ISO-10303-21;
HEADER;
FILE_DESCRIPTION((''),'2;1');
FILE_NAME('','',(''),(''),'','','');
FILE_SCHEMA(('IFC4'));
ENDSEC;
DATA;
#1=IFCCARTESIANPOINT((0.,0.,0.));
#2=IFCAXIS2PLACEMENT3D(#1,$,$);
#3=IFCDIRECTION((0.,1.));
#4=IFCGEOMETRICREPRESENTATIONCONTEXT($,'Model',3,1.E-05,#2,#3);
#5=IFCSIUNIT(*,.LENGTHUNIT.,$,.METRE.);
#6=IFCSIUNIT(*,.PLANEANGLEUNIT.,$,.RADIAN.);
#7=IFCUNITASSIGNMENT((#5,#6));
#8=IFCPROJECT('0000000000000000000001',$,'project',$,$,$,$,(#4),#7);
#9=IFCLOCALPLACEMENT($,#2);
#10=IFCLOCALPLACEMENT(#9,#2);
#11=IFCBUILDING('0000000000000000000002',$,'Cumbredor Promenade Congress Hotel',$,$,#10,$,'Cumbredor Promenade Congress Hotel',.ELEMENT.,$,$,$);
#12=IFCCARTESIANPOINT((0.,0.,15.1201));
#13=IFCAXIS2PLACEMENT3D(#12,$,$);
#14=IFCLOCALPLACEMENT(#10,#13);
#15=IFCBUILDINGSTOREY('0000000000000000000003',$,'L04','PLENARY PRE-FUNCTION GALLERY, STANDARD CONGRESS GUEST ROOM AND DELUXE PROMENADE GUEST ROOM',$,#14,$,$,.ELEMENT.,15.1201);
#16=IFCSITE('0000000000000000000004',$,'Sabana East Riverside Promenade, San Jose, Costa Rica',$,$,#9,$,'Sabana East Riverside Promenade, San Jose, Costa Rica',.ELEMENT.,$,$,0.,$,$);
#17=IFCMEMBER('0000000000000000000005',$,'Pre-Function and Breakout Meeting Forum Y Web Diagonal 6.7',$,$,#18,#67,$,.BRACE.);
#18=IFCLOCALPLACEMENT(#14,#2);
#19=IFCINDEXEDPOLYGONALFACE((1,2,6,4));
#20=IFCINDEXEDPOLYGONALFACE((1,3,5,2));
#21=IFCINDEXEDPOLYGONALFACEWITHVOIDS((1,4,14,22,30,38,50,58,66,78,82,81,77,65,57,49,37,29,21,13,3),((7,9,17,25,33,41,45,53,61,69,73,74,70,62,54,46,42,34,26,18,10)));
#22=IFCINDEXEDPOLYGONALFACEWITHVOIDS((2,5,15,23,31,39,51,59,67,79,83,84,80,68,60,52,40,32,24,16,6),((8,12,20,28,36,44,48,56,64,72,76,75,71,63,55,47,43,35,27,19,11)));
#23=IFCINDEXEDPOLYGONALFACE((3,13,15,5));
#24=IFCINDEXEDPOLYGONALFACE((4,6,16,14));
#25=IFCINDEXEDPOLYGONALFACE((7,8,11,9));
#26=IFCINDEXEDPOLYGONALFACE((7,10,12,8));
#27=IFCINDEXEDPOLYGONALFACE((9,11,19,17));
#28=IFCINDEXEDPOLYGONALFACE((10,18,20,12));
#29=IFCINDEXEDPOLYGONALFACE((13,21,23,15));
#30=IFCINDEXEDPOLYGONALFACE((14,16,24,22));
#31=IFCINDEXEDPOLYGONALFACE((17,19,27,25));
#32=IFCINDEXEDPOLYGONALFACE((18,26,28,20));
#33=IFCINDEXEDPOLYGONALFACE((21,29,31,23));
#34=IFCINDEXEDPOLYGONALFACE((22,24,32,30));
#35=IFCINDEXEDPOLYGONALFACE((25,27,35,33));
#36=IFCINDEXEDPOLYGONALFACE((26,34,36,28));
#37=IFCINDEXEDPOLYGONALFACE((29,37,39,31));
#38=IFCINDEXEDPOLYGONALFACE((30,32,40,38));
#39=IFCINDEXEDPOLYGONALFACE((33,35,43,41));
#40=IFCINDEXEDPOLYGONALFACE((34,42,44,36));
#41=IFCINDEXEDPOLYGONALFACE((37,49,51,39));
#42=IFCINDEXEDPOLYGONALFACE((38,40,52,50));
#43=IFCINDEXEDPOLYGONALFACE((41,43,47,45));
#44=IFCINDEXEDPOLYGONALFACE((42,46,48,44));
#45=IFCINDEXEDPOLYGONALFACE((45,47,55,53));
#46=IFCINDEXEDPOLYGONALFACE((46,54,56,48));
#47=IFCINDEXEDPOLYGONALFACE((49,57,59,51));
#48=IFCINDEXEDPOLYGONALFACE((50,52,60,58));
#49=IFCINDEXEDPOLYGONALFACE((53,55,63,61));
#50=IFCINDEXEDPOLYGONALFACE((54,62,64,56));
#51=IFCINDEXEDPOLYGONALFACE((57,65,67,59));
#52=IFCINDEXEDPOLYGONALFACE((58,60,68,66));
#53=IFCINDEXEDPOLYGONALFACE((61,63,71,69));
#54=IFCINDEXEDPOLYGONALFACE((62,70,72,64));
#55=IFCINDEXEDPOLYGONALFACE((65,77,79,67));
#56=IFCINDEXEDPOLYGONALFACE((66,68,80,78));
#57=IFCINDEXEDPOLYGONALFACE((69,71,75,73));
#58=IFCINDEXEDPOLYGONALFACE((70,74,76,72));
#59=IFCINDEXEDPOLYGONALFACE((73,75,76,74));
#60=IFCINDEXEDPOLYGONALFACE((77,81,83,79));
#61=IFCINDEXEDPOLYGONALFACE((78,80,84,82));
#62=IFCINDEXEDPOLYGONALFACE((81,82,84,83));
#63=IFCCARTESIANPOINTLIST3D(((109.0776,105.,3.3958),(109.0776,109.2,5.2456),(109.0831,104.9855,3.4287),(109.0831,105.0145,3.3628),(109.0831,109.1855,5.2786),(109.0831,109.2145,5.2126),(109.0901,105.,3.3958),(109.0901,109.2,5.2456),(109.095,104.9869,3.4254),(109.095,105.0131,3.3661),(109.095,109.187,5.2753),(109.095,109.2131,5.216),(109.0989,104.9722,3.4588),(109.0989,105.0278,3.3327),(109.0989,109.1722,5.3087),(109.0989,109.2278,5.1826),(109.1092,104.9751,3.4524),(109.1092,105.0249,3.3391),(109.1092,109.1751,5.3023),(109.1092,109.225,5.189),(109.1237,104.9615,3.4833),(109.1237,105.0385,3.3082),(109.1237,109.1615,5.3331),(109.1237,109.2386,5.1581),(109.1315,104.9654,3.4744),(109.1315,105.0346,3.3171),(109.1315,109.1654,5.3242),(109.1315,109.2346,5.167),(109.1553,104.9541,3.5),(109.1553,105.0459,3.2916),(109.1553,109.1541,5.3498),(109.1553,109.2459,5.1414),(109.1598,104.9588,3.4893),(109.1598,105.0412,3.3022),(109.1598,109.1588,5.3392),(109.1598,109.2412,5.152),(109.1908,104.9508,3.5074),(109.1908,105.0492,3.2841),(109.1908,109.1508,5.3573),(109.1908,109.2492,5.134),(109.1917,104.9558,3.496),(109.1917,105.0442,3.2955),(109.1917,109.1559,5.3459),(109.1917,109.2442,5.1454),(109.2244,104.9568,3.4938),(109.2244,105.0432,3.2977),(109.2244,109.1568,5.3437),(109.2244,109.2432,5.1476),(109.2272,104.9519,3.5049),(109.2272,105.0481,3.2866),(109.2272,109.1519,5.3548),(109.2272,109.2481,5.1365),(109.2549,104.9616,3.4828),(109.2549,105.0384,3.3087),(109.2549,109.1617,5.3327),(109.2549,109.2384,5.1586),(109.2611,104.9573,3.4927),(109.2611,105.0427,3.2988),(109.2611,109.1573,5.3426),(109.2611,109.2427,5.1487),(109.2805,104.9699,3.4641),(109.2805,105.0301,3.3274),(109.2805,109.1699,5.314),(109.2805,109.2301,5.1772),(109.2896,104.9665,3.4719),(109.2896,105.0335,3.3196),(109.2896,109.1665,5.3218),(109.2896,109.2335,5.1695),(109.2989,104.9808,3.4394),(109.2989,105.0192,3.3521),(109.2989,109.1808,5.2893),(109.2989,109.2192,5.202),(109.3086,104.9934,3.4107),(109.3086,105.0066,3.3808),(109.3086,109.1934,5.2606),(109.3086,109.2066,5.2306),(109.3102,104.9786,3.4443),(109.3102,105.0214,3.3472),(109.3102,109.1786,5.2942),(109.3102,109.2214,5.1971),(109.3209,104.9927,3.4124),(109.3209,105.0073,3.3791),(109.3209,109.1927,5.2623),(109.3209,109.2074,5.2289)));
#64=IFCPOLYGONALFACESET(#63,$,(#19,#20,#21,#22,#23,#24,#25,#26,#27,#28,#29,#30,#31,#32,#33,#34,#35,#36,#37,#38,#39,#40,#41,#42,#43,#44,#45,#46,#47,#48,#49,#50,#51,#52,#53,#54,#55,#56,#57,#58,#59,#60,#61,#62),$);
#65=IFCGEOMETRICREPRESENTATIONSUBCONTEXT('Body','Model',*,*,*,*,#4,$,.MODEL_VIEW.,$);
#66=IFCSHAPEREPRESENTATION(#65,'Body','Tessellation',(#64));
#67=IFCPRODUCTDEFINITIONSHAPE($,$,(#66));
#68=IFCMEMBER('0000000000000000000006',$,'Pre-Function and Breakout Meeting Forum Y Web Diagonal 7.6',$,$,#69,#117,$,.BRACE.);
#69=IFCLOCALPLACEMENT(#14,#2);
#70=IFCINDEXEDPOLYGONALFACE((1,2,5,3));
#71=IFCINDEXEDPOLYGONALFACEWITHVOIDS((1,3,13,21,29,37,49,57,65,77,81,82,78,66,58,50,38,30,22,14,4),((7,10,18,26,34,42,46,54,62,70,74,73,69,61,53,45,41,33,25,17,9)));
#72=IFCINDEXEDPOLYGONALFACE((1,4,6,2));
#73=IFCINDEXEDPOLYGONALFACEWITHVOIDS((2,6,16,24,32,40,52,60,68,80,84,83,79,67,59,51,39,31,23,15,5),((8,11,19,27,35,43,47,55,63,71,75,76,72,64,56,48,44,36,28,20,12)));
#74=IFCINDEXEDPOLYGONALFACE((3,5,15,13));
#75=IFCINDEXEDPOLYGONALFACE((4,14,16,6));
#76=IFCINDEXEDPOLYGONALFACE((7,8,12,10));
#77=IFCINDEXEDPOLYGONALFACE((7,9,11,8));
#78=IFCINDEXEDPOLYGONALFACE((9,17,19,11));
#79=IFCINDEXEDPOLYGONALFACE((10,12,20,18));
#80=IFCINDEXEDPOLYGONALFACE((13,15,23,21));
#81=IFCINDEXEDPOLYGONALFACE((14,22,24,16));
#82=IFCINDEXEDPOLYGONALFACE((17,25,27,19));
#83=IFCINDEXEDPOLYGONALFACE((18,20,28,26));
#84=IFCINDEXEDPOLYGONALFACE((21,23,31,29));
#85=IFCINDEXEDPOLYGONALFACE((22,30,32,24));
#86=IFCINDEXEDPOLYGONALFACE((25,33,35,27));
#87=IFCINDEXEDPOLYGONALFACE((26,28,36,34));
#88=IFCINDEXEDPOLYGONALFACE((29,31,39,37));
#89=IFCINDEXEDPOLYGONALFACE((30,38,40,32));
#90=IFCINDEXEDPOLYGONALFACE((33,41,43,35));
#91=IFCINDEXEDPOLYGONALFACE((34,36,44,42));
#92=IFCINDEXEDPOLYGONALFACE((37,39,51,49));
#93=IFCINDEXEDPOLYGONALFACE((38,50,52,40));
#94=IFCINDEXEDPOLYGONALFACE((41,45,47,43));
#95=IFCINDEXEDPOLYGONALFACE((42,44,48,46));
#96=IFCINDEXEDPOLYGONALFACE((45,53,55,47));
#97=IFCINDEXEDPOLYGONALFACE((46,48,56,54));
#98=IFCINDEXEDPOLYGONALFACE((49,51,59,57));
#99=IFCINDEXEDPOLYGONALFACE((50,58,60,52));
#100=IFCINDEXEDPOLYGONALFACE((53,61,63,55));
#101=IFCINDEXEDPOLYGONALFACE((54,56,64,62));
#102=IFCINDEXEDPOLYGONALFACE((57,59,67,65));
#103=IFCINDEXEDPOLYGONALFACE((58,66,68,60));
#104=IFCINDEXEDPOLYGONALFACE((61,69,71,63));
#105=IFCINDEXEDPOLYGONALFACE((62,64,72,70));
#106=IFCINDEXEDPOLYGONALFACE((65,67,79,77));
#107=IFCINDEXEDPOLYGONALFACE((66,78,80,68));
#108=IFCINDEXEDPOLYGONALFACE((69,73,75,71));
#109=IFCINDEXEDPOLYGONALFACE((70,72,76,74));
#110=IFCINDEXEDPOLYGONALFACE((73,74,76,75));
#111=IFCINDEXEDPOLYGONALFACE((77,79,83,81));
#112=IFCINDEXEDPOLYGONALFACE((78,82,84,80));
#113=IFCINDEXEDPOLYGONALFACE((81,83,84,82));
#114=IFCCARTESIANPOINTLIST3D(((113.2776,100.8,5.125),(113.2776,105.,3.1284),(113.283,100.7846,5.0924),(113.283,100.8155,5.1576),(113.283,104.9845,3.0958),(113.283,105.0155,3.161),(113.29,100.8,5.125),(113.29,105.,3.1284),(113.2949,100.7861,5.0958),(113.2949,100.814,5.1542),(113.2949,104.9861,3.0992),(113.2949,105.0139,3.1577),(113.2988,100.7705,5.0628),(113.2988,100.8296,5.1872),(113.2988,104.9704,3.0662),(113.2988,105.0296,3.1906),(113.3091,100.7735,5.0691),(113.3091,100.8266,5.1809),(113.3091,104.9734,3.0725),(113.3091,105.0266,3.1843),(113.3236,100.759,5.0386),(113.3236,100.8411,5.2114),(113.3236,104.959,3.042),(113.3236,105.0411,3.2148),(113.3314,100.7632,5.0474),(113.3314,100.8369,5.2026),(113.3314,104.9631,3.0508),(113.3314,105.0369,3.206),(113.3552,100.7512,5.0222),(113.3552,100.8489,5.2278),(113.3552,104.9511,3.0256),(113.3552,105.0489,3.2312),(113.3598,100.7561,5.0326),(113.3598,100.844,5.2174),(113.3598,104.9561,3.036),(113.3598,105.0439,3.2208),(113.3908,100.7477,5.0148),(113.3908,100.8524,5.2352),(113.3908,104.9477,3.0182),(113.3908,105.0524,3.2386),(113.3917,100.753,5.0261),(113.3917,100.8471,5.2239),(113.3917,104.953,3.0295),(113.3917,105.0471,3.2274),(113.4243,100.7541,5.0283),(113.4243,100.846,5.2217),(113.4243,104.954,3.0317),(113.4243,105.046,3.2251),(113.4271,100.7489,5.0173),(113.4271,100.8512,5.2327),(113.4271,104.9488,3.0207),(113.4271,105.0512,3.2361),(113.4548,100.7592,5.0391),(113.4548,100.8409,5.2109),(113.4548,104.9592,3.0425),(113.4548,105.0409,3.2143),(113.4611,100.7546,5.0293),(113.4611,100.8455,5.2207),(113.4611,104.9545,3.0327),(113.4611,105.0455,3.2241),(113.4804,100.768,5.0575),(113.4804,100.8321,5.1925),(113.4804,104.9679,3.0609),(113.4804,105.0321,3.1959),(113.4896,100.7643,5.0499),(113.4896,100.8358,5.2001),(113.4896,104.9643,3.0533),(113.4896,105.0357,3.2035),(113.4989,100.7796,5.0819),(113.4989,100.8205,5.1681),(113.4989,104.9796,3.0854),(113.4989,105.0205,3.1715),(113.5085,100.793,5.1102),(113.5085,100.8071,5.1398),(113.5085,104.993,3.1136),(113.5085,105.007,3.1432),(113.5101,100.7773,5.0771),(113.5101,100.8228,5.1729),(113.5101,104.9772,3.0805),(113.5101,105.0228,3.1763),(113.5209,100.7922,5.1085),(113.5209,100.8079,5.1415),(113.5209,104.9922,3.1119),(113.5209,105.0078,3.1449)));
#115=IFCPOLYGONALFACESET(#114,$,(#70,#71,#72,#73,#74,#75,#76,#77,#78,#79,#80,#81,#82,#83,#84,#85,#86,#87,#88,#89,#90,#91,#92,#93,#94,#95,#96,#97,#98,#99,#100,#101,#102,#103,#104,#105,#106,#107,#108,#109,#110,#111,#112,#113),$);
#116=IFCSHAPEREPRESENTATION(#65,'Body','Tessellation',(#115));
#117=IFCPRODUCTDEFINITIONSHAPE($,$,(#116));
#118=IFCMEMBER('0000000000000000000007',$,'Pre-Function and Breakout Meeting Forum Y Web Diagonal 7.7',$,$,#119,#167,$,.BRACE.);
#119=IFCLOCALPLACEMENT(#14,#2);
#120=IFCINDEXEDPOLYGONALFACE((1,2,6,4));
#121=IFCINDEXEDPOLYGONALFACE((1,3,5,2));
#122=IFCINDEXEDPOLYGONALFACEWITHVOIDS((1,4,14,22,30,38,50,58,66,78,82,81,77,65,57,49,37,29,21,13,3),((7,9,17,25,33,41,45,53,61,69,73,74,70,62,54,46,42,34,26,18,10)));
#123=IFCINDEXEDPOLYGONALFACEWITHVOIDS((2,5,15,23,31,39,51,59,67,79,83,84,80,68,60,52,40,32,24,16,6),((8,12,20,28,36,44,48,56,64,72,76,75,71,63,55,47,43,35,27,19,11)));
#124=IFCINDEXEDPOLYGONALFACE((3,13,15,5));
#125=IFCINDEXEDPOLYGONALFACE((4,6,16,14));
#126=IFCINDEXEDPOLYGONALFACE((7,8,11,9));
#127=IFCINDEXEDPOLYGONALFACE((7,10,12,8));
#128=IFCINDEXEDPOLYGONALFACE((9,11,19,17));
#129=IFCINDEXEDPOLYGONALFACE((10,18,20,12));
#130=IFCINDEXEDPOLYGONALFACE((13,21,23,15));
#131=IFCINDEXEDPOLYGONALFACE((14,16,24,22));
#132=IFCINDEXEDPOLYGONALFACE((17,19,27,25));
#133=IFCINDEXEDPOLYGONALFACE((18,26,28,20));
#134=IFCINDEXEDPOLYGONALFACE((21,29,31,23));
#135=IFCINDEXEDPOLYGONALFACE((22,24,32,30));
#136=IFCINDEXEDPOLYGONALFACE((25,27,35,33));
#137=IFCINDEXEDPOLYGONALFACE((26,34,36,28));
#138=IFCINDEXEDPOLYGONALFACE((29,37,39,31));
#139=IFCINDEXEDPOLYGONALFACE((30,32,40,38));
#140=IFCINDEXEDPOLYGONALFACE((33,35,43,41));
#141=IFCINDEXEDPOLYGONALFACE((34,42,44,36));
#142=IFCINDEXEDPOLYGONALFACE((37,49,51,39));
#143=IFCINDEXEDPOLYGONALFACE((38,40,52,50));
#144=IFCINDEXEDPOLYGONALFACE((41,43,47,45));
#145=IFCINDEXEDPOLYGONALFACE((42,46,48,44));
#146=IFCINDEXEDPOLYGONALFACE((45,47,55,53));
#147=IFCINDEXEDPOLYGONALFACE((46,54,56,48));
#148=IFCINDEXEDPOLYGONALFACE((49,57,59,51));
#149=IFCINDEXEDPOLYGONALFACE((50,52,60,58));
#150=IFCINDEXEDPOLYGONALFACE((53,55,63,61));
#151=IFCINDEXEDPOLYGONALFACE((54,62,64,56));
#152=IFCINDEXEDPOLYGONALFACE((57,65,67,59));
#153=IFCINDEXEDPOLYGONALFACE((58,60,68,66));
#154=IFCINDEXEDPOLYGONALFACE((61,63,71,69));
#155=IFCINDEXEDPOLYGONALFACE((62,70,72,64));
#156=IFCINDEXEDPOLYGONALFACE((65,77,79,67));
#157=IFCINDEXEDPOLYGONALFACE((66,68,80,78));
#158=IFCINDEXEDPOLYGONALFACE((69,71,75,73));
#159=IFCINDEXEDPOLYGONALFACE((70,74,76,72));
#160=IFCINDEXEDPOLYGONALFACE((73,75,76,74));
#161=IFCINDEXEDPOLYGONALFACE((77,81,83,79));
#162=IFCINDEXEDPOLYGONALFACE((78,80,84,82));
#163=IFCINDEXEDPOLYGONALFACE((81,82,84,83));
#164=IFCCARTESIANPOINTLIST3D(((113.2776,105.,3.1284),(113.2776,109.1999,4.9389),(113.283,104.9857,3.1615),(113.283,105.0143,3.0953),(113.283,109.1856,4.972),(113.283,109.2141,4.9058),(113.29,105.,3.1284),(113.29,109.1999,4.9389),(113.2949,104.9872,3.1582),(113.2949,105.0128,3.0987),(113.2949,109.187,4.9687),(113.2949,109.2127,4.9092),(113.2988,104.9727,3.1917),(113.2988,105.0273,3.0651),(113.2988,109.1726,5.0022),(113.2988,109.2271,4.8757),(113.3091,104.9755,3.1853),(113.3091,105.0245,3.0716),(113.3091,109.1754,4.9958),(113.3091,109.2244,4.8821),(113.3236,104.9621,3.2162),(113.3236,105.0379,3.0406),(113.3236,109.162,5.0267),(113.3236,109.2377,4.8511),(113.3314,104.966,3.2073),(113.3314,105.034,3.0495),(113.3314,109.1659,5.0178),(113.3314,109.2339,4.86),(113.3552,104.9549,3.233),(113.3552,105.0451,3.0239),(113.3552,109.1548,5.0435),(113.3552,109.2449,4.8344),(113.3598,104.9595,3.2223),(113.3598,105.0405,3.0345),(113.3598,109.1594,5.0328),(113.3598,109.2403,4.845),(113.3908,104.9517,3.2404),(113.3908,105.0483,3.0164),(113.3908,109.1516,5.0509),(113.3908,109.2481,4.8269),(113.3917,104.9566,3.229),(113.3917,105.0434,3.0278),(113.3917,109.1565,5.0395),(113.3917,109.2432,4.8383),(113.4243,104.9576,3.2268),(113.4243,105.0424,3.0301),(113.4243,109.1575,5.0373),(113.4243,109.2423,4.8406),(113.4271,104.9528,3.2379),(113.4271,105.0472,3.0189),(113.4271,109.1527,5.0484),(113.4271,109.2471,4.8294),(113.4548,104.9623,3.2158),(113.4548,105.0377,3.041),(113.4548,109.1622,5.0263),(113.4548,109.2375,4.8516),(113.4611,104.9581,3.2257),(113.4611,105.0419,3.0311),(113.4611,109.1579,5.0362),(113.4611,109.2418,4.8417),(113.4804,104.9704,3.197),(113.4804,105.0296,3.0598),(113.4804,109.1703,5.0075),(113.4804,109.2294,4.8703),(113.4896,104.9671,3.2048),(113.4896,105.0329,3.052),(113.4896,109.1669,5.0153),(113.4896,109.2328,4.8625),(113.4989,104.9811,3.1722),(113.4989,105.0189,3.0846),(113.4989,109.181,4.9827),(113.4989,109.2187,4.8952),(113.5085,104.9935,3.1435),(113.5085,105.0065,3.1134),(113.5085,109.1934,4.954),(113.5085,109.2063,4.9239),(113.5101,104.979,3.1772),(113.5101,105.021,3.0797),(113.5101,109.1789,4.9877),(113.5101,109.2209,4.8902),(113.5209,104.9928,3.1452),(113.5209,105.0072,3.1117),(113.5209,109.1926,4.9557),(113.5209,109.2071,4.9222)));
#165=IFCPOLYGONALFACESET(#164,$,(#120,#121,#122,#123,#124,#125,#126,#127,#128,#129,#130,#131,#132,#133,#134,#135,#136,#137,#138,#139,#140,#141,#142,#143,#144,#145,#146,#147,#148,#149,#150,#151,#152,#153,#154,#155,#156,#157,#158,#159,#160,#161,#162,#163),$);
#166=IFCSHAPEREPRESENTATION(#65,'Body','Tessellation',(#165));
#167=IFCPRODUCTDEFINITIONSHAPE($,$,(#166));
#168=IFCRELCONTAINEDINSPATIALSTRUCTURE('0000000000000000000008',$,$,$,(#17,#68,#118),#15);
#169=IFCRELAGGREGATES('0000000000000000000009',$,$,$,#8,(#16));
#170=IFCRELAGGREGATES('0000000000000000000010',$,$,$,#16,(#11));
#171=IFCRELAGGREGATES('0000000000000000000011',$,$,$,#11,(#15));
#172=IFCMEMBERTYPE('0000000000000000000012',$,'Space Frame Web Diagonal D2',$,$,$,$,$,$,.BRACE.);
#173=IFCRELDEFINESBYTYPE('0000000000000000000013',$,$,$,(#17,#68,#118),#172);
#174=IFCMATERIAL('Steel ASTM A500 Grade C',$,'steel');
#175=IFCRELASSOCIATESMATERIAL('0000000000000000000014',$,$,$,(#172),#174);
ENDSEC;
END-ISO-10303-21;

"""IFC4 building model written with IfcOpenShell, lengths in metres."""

from ifc_helpers import new_model, si_unit, direction, frame, origin, origin_2d, place, context, subcontext, project, spatial, hollow_circle, extrude, material, material_profile, profile_set, type_object, element, save


model = new_model("IFC4")

# Units and contexts
model_context = context("Model", 3, precision=1e-05, world=origin(), true_north=direction((0.0, 1.0)))
body_context = subcontext(model_context, "Body", "Model", "MODEL_VIEW")
ifc_project = project(units=[si_unit("LENGTHUNIT", "METRE"), si_unit("PLANEANGLEUNIT", "RADIAN")], contexts=[model_context])

# Site, building, storey
site_placement = place(None, origin())
site = spatial("IfcSite", under=ifc_project, at=site_placement, Name="Sabana East Riverside Promenade, San Jose, Costa Rica", LongName="Sabana East Riverside Promenade, San Jose, Costa Rica", CompositionType="ELEMENT", RefElevation=0.0)
building_placement = place(site_placement, origin())
building = spatial("IfcBuilding", under=site, at=building_placement, Name="Cumbredor Promenade Congress Hotel", LongName="Cumbredor Promenade Congress Hotel", CompositionType="ELEMENT")
storey_placement = place(building_placement, frame((0.0, 0.0, 15.1201)))
storey = spatial("IfcBuildingStorey", under=building, at=storey_placement, Name="L04", Description="PLENARY PRE-FUNCTION GALLERY, STANDARD CONGRESS GUEST ROOM AND DELUXE PROMENADE GUEST ROOM", CompositionType="ELEMENT", Elevation=15.1201)

# Members
ifc_material_1 = material(Name="Steel ASTM A500 Grade C", Category="steel")
ifc_material_profile_1 = material_profile(ifc_material_1, hollow_circle(Radius=0.1223, WallThickness=0.0125, at=origin_2d()), Name="CHS 244.5x12.5")
ifc_profile_set_1 = profile_set([ifc_material_profile_1], Name="Steel ASTM A500 Grade C")
member_type_1 = type_object("IfcMemberType", Name="Space Frame Web Diagonal D2", PredefinedType="BRACE", material=ifc_profile_set_1)
member_1_placement = place(storey_placement, frame((109.2, 105.0, 3.3958), z_axis=(0.0, 0.915164, 0.403081), x_axis=(-1.0, 0.0, 0.0)))
element("IfcMember", 1, at=member_1_placement, inside=storey, type_object=member_type_1, Name="Pre-Function and Breakout Meeting Forum Y Web Diagonal 6.7", PredefinedType="BRACE", context=body_context, shape_type="SweptSolid", body=[
    extrude(hollow_circle(Radius=0.1223, WallThickness=0.0125, at=origin_2d()), origin(), (0.0, 0.0, 1.0), 4.5894),
])
member_2_placement = place(storey_placement, frame((113.3999, 100.8, 5.125), z_axis=(0.0, 0.903144, -0.429338), x_axis=(-1.0, 0.0, 0.0)))
element("IfcMember", 2, at=member_2_placement, inside=storey, type_object=member_type_1, Name="Pre-Function and Breakout Meeting Forum Y Web Diagonal 7.6", PredefinedType="BRACE", context=body_context, shape_type="SweptSolid", body=[
    extrude(hollow_circle(Radius=0.1223, WallThickness=0.0125, at=origin_2d()), origin(), (0.0, 0.0, 1.0), 4.6504),
])
member_3_placement = place(storey_placement, frame((113.3999, 105.0, 3.1284), z_axis=(0.0, 0.918306, 0.39587), x_axis=(-1.0, 0.0, 0.0)))
element("IfcMember", 3, at=member_3_placement, inside=storey, type_object=member_type_1, Name="Pre-Function and Breakout Meeting Forum Y Web Diagonal 7.7", PredefinedType="BRACE", context=body_context, shape_type="SweptSolid", body=[
    extrude(hollow_circle(Radius=0.1223, WallThickness=0.0125, at=origin_2d()), origin(), (0.0, 0.0, 1.0), 4.5735),
])

save(model, "model.ifc")
